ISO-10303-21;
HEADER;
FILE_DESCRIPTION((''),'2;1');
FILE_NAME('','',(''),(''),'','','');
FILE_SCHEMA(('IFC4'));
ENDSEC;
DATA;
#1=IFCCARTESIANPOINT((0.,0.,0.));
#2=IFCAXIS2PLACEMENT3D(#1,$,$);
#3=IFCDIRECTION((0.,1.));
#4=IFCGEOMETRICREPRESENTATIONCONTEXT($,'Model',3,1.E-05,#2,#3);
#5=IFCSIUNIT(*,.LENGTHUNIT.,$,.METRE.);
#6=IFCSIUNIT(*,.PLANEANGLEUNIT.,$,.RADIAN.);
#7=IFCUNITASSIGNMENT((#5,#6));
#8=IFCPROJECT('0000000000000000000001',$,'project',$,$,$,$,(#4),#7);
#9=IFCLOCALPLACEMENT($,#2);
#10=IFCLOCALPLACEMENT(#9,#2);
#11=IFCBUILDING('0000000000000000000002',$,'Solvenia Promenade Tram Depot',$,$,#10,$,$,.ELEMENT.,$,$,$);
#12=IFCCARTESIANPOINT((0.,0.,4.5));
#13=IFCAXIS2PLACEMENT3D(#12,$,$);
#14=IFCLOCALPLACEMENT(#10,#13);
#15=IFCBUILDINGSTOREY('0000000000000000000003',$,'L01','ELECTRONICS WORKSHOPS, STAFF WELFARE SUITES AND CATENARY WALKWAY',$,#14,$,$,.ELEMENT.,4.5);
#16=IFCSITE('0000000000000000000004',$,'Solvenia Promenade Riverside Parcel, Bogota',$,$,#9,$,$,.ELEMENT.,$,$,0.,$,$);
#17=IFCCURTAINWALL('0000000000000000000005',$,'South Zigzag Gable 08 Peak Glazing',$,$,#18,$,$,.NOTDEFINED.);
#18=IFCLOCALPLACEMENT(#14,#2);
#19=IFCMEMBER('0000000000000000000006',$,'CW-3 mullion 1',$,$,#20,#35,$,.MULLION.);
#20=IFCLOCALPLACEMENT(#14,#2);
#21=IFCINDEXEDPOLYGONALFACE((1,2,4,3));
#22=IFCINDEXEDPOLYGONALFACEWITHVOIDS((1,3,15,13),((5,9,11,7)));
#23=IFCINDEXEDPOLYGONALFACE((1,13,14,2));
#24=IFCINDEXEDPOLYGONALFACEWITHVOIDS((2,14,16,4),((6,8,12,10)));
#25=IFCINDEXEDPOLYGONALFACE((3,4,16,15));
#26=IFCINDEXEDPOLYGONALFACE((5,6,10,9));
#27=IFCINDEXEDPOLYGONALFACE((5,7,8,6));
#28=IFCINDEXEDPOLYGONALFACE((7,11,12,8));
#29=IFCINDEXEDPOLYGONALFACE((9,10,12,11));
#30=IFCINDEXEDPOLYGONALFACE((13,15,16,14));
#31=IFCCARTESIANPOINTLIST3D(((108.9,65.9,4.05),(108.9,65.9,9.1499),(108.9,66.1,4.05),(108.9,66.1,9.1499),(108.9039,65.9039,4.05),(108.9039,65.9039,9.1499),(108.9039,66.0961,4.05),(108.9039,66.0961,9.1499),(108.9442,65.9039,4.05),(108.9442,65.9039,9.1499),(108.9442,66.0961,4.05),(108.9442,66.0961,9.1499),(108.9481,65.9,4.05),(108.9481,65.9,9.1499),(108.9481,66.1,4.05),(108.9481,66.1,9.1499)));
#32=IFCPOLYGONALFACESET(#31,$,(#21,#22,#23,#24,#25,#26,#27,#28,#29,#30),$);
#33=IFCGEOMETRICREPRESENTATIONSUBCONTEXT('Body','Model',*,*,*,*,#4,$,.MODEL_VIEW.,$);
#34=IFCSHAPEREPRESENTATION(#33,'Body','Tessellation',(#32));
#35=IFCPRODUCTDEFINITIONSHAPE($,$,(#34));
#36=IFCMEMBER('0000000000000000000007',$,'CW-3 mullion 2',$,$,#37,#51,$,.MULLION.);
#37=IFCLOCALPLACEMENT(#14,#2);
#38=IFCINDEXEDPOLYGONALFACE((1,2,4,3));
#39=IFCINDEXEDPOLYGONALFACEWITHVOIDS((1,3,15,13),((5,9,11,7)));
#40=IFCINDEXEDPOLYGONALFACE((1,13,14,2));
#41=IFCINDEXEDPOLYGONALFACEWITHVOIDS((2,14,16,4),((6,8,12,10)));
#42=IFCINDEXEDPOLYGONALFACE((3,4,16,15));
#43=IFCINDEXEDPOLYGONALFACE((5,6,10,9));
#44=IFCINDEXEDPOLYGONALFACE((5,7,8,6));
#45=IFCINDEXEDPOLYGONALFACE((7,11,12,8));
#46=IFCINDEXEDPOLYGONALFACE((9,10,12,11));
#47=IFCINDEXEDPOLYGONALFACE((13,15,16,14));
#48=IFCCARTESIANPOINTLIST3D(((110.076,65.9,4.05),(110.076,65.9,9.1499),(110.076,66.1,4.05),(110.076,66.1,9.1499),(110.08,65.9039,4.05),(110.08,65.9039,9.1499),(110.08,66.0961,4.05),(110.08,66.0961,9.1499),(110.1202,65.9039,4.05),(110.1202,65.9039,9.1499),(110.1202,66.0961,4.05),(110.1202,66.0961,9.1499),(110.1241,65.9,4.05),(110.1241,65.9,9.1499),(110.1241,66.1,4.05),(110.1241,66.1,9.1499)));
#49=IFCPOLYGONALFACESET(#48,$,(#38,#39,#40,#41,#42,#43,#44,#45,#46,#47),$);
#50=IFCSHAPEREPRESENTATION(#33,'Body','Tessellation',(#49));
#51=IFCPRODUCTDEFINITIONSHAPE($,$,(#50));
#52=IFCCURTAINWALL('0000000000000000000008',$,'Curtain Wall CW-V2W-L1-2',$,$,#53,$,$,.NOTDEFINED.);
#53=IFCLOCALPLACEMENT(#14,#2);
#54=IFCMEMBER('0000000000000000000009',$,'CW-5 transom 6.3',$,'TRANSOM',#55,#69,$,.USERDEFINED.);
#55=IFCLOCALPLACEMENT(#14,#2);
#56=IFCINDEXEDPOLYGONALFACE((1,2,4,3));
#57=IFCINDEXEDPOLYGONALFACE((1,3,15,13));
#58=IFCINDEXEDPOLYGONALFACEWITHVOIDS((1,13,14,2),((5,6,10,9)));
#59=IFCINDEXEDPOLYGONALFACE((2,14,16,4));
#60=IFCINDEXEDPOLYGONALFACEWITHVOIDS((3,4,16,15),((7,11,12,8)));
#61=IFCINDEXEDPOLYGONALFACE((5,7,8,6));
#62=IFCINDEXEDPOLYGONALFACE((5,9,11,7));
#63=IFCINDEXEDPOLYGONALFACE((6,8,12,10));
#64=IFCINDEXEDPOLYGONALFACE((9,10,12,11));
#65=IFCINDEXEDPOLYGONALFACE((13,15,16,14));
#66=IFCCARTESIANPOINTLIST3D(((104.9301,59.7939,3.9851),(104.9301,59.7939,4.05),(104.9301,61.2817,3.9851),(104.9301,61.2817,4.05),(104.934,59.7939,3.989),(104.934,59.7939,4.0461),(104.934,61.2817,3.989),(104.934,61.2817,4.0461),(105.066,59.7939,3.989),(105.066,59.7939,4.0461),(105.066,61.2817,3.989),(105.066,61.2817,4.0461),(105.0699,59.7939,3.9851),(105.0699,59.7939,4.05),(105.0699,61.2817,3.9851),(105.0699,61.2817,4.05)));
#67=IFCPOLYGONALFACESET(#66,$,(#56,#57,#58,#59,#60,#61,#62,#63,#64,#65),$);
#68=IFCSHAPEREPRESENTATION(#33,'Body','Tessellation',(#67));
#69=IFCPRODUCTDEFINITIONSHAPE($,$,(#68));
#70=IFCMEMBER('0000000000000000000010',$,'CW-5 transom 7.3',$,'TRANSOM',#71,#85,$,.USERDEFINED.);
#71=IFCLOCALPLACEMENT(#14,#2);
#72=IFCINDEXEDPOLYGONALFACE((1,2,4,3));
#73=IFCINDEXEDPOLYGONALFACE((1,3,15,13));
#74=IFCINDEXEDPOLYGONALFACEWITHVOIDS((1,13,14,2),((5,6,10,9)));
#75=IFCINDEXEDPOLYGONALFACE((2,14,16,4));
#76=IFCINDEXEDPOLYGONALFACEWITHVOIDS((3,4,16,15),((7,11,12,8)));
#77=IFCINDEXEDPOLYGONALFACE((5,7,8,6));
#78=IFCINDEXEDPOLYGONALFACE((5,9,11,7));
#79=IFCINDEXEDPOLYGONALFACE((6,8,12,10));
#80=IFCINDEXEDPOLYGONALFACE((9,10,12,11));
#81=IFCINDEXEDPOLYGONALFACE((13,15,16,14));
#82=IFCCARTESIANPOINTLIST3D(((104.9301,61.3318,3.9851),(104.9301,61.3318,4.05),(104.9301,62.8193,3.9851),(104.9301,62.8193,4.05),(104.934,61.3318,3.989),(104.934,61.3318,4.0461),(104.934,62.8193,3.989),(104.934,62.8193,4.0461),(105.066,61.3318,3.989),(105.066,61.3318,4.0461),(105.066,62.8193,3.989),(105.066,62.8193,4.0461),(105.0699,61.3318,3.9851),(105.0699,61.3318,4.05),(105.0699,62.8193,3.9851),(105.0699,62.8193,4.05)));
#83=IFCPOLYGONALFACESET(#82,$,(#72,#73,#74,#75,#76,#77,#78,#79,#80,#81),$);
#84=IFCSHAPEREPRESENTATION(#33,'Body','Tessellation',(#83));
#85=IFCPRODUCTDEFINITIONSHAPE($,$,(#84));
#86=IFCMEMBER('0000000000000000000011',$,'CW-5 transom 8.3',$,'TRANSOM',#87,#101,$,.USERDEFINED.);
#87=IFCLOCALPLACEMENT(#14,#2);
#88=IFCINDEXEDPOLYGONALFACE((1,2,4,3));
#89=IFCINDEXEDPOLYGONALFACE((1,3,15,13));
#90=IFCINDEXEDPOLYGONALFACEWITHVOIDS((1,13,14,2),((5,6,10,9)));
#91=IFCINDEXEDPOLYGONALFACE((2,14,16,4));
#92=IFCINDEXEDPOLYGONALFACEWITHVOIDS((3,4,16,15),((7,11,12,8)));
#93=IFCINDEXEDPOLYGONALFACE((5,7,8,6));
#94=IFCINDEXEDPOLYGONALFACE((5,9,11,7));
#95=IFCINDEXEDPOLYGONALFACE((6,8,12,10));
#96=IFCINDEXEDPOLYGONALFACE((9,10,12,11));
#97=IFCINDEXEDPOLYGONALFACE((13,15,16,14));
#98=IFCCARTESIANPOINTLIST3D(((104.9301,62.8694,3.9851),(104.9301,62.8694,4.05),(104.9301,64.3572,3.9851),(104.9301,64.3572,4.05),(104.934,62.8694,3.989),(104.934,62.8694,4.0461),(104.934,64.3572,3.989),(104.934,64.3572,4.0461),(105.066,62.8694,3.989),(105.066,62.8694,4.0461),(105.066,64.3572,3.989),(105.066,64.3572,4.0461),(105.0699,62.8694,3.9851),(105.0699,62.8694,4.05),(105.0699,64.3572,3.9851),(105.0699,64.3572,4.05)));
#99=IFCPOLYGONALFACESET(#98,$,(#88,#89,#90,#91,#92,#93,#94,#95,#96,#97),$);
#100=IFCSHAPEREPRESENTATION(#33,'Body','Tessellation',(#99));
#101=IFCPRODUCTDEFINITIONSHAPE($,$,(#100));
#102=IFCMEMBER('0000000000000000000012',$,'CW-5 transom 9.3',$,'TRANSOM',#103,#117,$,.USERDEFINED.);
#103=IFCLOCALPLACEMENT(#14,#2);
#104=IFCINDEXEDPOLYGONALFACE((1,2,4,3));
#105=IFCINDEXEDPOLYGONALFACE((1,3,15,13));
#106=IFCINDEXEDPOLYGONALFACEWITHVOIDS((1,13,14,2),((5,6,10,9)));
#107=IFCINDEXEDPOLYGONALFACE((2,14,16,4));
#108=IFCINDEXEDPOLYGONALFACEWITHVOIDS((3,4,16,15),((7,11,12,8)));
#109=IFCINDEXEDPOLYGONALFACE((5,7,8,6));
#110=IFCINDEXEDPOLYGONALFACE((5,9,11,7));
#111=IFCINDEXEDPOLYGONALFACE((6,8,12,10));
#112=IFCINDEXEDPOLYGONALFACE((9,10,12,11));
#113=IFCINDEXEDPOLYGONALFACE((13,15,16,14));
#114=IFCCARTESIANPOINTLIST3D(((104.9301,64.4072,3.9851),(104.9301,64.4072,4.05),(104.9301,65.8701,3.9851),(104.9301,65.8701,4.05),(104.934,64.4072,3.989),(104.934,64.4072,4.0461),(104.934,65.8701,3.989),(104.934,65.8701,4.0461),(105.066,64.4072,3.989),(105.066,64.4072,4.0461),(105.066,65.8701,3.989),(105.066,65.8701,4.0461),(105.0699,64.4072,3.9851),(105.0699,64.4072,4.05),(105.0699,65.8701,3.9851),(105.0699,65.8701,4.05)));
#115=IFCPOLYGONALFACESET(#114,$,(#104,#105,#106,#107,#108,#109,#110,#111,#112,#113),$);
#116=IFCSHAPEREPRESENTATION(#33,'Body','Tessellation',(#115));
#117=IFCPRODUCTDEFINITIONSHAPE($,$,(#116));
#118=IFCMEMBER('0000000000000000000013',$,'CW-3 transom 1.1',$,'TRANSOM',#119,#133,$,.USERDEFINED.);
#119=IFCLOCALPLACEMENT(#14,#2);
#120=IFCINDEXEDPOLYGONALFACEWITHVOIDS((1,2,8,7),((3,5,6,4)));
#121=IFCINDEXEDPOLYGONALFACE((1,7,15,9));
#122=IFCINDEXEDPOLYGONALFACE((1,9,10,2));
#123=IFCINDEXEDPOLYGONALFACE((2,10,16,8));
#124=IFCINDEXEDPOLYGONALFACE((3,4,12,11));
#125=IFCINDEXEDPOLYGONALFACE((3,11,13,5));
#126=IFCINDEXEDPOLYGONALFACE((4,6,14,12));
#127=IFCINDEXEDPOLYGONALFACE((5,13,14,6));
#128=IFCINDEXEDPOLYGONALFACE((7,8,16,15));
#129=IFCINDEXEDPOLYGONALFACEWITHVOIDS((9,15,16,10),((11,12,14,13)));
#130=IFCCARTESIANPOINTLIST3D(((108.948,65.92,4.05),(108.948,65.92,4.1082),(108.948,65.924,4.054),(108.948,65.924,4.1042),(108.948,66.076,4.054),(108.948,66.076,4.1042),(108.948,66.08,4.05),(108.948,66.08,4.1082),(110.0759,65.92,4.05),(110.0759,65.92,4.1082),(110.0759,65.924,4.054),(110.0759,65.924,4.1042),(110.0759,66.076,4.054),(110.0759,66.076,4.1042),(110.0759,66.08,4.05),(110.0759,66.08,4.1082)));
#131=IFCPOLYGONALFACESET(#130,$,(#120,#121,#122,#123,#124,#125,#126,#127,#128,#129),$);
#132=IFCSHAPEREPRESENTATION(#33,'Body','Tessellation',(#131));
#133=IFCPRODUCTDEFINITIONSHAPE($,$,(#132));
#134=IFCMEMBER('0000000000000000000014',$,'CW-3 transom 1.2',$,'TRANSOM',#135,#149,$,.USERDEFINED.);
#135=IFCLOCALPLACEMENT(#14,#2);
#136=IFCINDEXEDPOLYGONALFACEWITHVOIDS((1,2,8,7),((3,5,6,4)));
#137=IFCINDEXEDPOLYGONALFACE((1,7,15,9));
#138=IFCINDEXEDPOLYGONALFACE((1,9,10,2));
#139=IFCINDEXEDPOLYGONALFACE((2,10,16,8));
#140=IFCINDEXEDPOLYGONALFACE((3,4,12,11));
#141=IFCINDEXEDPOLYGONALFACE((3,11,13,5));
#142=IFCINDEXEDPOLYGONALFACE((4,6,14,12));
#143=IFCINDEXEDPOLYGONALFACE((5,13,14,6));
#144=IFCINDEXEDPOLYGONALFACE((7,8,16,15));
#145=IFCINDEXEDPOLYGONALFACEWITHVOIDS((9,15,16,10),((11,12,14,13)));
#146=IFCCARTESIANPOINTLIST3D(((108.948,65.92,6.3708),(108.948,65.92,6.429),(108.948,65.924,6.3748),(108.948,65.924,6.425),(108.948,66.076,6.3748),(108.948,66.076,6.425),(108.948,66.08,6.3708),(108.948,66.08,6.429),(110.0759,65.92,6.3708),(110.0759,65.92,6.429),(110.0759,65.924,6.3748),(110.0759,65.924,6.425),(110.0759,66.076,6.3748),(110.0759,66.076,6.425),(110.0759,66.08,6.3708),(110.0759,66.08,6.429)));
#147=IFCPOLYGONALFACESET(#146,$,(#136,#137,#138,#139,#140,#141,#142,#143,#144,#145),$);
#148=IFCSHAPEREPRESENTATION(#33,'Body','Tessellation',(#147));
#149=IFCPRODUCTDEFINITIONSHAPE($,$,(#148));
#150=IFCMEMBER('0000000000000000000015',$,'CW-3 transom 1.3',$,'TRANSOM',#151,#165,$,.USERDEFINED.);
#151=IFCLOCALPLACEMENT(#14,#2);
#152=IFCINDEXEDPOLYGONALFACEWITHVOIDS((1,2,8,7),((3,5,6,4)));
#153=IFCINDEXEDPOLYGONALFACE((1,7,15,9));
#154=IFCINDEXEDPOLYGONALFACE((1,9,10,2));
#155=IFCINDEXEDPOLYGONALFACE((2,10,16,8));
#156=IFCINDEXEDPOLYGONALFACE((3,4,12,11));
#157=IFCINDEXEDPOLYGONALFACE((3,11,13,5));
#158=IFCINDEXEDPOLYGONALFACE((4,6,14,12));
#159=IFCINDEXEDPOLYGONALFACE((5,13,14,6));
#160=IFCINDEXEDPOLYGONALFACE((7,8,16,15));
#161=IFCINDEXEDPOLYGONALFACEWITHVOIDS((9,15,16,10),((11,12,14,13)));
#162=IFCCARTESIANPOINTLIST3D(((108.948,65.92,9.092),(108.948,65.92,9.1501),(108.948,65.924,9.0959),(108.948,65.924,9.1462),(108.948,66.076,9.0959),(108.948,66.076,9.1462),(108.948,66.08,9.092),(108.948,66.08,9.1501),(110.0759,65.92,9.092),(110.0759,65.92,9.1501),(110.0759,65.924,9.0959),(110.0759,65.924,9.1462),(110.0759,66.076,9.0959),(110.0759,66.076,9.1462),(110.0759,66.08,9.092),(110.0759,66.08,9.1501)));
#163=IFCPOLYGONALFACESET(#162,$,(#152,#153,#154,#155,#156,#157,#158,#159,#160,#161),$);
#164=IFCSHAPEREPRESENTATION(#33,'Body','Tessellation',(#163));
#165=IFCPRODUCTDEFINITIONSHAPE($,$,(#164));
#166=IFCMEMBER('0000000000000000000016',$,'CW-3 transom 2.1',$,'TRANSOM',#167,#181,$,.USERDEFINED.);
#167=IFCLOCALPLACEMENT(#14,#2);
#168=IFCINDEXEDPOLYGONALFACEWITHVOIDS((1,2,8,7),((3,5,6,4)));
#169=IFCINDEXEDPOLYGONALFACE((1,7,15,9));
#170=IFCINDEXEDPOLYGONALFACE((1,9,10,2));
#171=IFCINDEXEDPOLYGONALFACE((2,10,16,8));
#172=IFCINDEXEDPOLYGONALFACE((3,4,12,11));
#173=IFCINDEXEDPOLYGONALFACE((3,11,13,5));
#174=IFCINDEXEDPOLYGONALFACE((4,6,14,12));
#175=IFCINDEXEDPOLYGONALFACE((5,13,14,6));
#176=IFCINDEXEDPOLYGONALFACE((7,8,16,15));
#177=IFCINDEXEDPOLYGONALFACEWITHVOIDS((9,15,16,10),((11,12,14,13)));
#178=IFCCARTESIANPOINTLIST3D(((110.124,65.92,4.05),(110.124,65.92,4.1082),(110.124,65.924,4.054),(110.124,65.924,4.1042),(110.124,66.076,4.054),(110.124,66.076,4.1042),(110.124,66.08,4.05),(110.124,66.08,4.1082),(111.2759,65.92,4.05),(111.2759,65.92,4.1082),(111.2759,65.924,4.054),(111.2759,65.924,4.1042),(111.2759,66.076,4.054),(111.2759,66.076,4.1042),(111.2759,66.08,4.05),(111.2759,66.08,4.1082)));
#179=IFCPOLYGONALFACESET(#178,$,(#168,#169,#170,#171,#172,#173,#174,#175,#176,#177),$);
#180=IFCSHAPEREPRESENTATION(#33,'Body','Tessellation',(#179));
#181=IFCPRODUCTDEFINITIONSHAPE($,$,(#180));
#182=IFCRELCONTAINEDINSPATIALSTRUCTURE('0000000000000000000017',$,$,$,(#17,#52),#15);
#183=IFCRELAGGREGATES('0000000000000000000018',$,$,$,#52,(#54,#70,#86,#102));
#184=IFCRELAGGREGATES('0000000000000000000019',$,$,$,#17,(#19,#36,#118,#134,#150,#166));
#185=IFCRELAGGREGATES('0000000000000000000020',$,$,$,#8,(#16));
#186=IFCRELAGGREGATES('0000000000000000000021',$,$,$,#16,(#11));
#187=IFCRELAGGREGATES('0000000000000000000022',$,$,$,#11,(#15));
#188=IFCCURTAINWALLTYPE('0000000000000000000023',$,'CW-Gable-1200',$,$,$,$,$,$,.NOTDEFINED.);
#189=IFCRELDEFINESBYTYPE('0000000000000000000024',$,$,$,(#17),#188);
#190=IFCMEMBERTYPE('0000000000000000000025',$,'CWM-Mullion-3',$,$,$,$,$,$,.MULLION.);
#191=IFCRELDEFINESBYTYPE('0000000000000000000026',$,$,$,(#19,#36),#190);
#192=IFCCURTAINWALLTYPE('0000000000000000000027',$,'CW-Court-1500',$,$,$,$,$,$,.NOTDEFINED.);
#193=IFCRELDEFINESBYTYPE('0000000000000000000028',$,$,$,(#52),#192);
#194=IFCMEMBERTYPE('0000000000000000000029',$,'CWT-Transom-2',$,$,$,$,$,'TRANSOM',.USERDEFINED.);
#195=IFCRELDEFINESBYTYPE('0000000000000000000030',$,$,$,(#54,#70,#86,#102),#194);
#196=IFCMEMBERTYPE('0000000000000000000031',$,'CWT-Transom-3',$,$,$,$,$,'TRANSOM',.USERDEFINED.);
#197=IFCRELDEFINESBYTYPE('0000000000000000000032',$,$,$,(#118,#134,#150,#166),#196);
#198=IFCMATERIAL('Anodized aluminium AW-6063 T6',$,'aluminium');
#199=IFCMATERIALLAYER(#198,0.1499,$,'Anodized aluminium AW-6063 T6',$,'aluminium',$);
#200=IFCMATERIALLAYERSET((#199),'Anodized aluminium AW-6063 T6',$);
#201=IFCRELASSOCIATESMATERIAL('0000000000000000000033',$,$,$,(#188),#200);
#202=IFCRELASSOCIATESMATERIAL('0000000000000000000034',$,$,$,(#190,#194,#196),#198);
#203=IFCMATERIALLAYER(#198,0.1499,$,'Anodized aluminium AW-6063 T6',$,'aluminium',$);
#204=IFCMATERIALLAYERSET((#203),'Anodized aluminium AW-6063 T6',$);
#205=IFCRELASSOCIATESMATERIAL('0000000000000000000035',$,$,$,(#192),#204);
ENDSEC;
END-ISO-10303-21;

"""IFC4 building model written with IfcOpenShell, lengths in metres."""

from ifc_helpers import new_model, si_unit, direction, frame, origin, origin_2d, place, context, subcontext, project, spatial, hollow_rectangle, extrude, material, layer, layer_set, material_profile, profile_set, type_object, element, aggregate, save


model = new_model("IFC4")

# Units and contexts
model_context = context("Model", 3, precision=1e-05, world=origin(), true_north=direction((0.0, 1.0)))
body_context = subcontext(model_context, "Body", "Model", "MODEL_VIEW")
ifc_project = project(units=[si_unit("LENGTHUNIT", "METRE"), si_unit("PLANEANGLEUNIT", "RADIAN")], contexts=[model_context])

# Site, building, storey
site_placement = place(None, origin())
site = spatial("IfcSite", under=ifc_project, at=site_placement, Name="Solvenia Promenade Riverside Parcel, Bogota", CompositionType="ELEMENT", RefElevation=0.0)
building_placement = place(site_placement, origin())
building = spatial("IfcBuilding", under=site, at=building_placement, Name="Solvenia Promenade Tram Depot", CompositionType="ELEMENT")
storey_placement = place(building_placement, frame((0.0, 0.0, 4.5)))
storey = spatial("IfcBuildingStorey", under=building, at=storey_placement, Name="L01", Description="ELECTRONICS WORKSHOPS, STAFF WELFARE SUITES AND CATENARY WALKWAY", CompositionType="ELEMENT", Elevation=4.5)

# Curtain walls, members
ifc_material_1 = material(Name="Anodized aluminium AW-6063 T6", Category="aluminium")
ifc_layer_1 = layer(ifc_material_1, 0.1499, Name="Anodized aluminium AW-6063 T6", Category="aluminium")
ifc_layer_set_1 = layer_set([ifc_layer_1], Name="Anodized aluminium AW-6063 T6")
curtain_wall_type_1 = type_object("IfcCurtainWallType", Name="CW-Gable-1200", PredefinedType="NOTDEFINED", material=ifc_layer_set_1)
curtain_wall_1_placement = place(storey_placement, origin())
curtain_wall_1 = element("IfcCurtainWall", 1, at=curtain_wall_1_placement, inside=storey, type_object=curtain_wall_type_1, Name="South Zigzag Gable 08 Peak Glazing", PredefinedType="NOTDEFINED")
ifc_material_profile_1 = material_profile(ifc_material_1, hollow_rectangle(XDim=0.2, YDim=0.0481, WallThickness=0.0039, at=origin_2d()), Name="ALU-M3", Category="aluminium")
ifc_profile_set_1 = profile_set([ifc_material_profile_1], Name="Anodized aluminium AW-6063 T6")
member_type_1 = type_object("IfcMemberType", Name="CWM-Mullion-3", PredefinedType="MULLION", material=ifc_profile_set_1)
member_1_placement = place(storey_placement, frame((108.9241, 66.0, 4.05), z_axis=(0.0, 0.0, 1.0), x_axis=(0.0, 1.0, 0.0)))
member_1 = element("IfcMember", 2, at=member_1_placement, type_object=member_type_1, Name="CW-3 mullion 1", PredefinedType="MULLION", context=body_context, shape_type="SweptSolid", body=[
    extrude(hollow_rectangle(XDim=0.2, YDim=0.0481, WallThickness=0.0039, at=origin_2d()), origin(), (0.0, 0.0, 1.0), 5.0999),
])
member_2_placement = place(storey_placement, frame((110.1001, 66.0, 4.05), z_axis=(0.0, 0.0, 1.0), x_axis=(0.0, 1.0, 0.0)))
member_2 = element("IfcMember", 3, at=member_2_placement, type_object=member_type_1, Name="CW-3 mullion 2", PredefinedType="MULLION", context=body_context, shape_type="SweptSolid", body=[
    extrude(hollow_rectangle(XDim=0.2, YDim=0.0481, WallThickness=0.0039, at=origin_2d()), origin(), (0.0, 0.0, 1.0), 5.0999),
])
ifc_layer_2 = layer(ifc_material_1, 0.1499, Name="Anodized aluminium AW-6063 T6", Category="aluminium")
ifc_layer_set_2 = layer_set([ifc_layer_2], Name="Anodized aluminium AW-6063 T6")
curtain_wall_type_2 = type_object("IfcCurtainWallType", Name="CW-Court-1500", PredefinedType="NOTDEFINED", material=ifc_layer_set_2)
curtain_wall_2_placement = place(storey_placement, origin())
curtain_wall_2 = element("IfcCurtainWall", 4, at=curtain_wall_2_placement, inside=storey, type_object=curtain_wall_type_2, Name="Curtain Wall CW-V2W-L1-2", PredefinedType="NOTDEFINED")
ifc_material_profile_2 = material_profile(ifc_material_1, hollow_rectangle(XDim=0.1399, YDim=0.0649, WallThickness=0.0039, at=origin_2d()), Name="ALU-T2", Category="aluminium")
ifc_profile_set_2 = profile_set([ifc_material_profile_2], Name="Anodized aluminium AW-6063 T6")
member_type_2 = type_object("IfcMemberType", Name="CWT-Transom-2", ElementType="TRANSOM", PredefinedType="USERDEFINED", material=ifc_profile_set_2)
member_3_placement = place(storey_placement, frame((105.0, 59.7939, 4.0176), z_axis=(0.0, 1.0, 0.0), x_axis=(-1.0, 0.0, 0.0)))
member_3 = element("IfcMember", 5, at=member_3_placement, type_object=member_type_2, Name="CW-5 transom 6.3", ObjectType="TRANSOM", PredefinedType="USERDEFINED", context=body_context, shape_type="SweptSolid", body=[
    extrude(hollow_rectangle(XDim=0.1399, YDim=0.0649, WallThickness=0.0039, at=origin_2d()), origin(), (0.0, 0.0, 1.0), 1.4878),
])
member_4_placement = place(storey_placement, frame((105.0, 61.3318, 4.0176), z_axis=(0.0, 1.0, 0.0), x_axis=(-1.0, 0.0, 0.0)))
member_4 = element("IfcMember", 6, at=member_4_placement, type_object=member_type_2, Name="CW-5 transom 7.3", ObjectType="TRANSOM", PredefinedType="USERDEFINED", context=body_context, shape_type="SweptSolid", body=[
    extrude(hollow_rectangle(XDim=0.1399, YDim=0.0649, WallThickness=0.0039, at=origin_2d()), origin(), (0.0, 0.0, 1.0), 1.4875),
])
member_5_placement = place(storey_placement, frame((105.0, 62.8694, 4.0176), z_axis=(0.0, 1.0, 0.0), x_axis=(-1.0, 0.0, 0.0)))
member_5 = element("IfcMember", 7, at=member_5_placement, type_object=member_type_2, Name="CW-5 transom 8.3", ObjectType="TRANSOM", PredefinedType="USERDEFINED", context=body_context, shape_type="SweptSolid", body=[
    extrude(hollow_rectangle(XDim=0.1399, YDim=0.0649, WallThickness=0.0039, at=origin_2d()), origin(), (0.0, 0.0, 1.0), 1.4878),
])
member_6_placement = place(storey_placement, frame((105.0, 64.4072, 4.0176), z_axis=(0.0, 1.0, 0.0), x_axis=(-1.0, 0.0, 0.0)))
member_6 = element("IfcMember", 8, at=member_6_placement, type_object=member_type_2, Name="CW-5 transom 9.3", ObjectType="TRANSOM", PredefinedType="USERDEFINED", context=body_context, shape_type="SweptSolid", body=[
    extrude(hollow_rectangle(XDim=0.1399, YDim=0.0649, WallThickness=0.0039, at=origin_2d()), origin(), (0.0, 0.0, 1.0), 1.4629),
])
aggregate(curtain_wall_2, [member_3, member_4, member_5, member_6])

# Members
ifc_material_profile_3 = material_profile(ifc_material_1, hollow_rectangle(XDim=0.1599, YDim=0.0581, WallThickness=0.0039, at=origin_2d()), Name="ALU-T3", Category="aluminium")
ifc_profile_set_3 = profile_set([ifc_material_profile_3], Name="Anodized aluminium AW-6063 T6")
member_type_3 = type_object("IfcMemberType", Name="CWT-Transom-3", ElementType="TRANSOM", PredefinedType="USERDEFINED", material=ifc_profile_set_3)
member_7_placement = place(storey_placement, frame((108.948, 66.0, 4.0791), z_axis=(1.0, 0.0, 0.0), x_axis=(0.0, 1.0, 0.0)))
member_7 = element("IfcMember", 9, at=member_7_placement, type_object=member_type_3, Name="CW-3 transom 1.1", ObjectType="TRANSOM", PredefinedType="USERDEFINED", context=body_context, shape_type="SweptSolid", body=[
    extrude(hollow_rectangle(XDim=0.1599, YDim=0.0581, WallThickness=0.0039, at=origin_2d()), origin(), (0.0, 0.0, 1.0), 1.1279),
])
member_8_placement = place(storey_placement, frame((108.948, 66.0, 6.3999), z_axis=(1.0, 0.0, 0.0), x_axis=(0.0, 1.0, 0.0)))
member_8 = element("IfcMember", 10, at=member_8_placement, type_object=member_type_3, Name="CW-3 transom 1.2", ObjectType="TRANSOM", PredefinedType="USERDEFINED", context=body_context, shape_type="SweptSolid", body=[
    extrude(hollow_rectangle(XDim=0.1599, YDim=0.0581, WallThickness=0.0039, at=origin_2d()), origin(), (0.0, 0.0, 1.0), 1.1279),
])
member_9_placement = place(storey_placement, frame((108.948, 66.0, 9.1211), z_axis=(1.0, 0.0, 0.0), x_axis=(0.0, 1.0, 0.0)))
member_9 = element("IfcMember", 11, at=member_9_placement, type_object=member_type_3, Name="CW-3 transom 1.3", ObjectType="TRANSOM", PredefinedType="USERDEFINED", context=body_context, shape_type="SweptSolid", body=[
    extrude(hollow_rectangle(XDim=0.1599, YDim=0.0581, WallThickness=0.0039, at=origin_2d()), origin(), (0.0, 0.0, 1.0), 1.1279),
])
member_10_placement = place(storey_placement, frame((110.124, 66.0, 4.0791), z_axis=(1.0, 0.0, 0.0), x_axis=(0.0, 1.0, 0.0)))
member_10 = element("IfcMember", 12, at=member_10_placement, type_object=member_type_3, Name="CW-3 transom 2.1", ObjectType="TRANSOM", PredefinedType="USERDEFINED", context=body_context, shape_type="SweptSolid", body=[
    extrude(hollow_rectangle(XDim=0.1599, YDim=0.0581, WallThickness=0.0039, at=origin_2d()), origin(), (0.0, 0.0, 1.0), 1.1519),
])

aggregate(curtain_wall_1, [member_1, member_2, member_7, member_8, member_9, member_10])

save(model, "model.ifc")
